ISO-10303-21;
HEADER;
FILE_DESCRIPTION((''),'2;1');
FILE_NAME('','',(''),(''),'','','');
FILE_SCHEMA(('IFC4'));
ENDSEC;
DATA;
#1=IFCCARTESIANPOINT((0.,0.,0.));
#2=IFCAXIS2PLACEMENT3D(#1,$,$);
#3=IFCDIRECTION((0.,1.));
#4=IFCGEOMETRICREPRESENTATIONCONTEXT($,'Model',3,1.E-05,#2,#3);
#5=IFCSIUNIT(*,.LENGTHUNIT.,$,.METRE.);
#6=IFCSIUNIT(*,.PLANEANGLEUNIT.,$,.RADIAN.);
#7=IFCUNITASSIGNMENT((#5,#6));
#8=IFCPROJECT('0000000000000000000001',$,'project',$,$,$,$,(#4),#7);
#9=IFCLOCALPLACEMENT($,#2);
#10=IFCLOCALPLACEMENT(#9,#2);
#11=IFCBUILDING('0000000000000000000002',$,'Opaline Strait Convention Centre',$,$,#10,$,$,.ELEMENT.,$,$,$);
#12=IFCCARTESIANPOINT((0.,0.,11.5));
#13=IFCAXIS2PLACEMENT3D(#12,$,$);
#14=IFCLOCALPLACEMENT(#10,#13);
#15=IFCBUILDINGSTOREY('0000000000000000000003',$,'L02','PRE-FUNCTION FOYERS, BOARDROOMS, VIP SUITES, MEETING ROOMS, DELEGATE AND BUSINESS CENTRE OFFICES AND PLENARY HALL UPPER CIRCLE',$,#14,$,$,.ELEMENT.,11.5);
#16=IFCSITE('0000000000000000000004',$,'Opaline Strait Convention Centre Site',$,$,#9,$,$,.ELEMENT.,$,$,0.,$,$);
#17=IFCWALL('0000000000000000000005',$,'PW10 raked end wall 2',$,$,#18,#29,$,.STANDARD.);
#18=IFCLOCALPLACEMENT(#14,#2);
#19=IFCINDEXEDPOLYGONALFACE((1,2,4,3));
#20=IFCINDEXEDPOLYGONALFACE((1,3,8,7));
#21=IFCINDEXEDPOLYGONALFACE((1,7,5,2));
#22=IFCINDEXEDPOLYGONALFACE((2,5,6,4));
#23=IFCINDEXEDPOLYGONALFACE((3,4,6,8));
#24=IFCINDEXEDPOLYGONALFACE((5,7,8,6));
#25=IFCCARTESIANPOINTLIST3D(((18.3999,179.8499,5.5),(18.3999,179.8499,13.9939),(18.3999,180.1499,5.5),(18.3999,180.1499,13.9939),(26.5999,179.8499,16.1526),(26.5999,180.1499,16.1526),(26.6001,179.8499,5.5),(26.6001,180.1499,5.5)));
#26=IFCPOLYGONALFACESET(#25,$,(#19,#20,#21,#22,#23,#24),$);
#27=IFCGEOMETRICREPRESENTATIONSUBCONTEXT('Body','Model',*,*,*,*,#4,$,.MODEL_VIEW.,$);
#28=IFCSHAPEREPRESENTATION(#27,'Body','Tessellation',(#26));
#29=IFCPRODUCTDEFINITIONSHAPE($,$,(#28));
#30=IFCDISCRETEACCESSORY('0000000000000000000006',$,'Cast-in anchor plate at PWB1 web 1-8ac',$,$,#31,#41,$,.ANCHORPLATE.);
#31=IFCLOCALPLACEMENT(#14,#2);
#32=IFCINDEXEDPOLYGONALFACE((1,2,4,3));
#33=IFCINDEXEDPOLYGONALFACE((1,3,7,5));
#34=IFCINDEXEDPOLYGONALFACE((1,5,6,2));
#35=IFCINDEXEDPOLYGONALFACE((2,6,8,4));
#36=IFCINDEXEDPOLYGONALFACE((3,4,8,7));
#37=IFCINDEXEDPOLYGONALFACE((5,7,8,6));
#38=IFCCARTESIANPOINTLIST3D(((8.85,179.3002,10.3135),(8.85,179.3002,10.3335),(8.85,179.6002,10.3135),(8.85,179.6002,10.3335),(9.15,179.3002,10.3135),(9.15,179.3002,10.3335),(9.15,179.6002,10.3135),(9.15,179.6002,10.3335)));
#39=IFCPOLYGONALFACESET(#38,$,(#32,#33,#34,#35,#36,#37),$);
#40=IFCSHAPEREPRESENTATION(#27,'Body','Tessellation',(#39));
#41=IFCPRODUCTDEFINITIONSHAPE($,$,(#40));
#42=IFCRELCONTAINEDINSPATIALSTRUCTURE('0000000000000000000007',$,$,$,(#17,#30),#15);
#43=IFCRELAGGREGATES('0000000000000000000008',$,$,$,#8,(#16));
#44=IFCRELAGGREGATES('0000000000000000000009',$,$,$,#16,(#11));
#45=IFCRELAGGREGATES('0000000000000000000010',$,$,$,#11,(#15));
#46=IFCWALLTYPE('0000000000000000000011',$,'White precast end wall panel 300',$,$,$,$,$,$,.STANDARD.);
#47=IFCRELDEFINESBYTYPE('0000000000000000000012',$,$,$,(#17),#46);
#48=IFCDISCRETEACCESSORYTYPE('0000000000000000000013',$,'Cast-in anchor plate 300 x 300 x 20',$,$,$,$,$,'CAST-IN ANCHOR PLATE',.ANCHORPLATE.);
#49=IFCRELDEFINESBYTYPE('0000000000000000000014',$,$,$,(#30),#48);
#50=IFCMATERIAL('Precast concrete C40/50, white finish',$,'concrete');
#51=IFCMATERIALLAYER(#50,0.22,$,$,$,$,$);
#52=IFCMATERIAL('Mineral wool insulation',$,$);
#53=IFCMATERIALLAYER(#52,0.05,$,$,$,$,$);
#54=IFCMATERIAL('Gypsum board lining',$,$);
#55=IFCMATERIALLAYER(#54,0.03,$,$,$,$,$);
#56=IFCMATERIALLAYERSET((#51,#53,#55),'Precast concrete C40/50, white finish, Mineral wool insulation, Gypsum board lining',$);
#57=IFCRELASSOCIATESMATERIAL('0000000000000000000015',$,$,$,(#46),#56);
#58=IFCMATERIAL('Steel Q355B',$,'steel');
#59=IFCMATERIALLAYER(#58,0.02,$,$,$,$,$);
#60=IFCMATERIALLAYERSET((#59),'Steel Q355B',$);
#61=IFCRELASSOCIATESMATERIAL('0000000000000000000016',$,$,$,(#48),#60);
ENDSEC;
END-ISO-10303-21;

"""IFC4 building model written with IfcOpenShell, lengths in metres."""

from ifc_helpers import new_model, si_unit, direction, frame, origin, origin_2d, place, context, subcontext, project, spatial, polyline, rectangle, outline, extrude, material, layer, layer_set, type_object, element, save


model = new_model("IFC4")

# Units and contexts
model_context = context("Model", 3, precision=1e-05, world=origin(), true_north=direction((0.0, 1.0)))
body_context = subcontext(model_context, "Body", "Model", "MODEL_VIEW")
ifc_project = project(units=[si_unit("LENGTHUNIT", "METRE"), si_unit("PLANEANGLEUNIT", "RADIAN")], contexts=[model_context])

# Site, building, storey
site_placement = place(None, origin())
site = spatial("IfcSite", under=ifc_project, at=site_placement, Name="Opaline Strait Convention Centre Site", CompositionType="ELEMENT", RefElevation=0.0)
building_placement = place(site_placement, origin())
building = spatial("IfcBuilding", under=site, at=building_placement, Name="Opaline Strait Convention Centre", CompositionType="ELEMENT")
storey_placement = place(building_placement, frame((0.0, 0.0, 11.5)))
storey = spatial("IfcBuildingStorey", under=building, at=storey_placement, Name="L02", Description="PRE-FUNCTION FOYERS, BOARDROOMS, VIP SUITES, MEETING ROOMS, DELEGATE AND BUSINESS CENTRE OFFICES AND PLENARY HALL UPPER CIRCLE", CompositionType="ELEMENT", Elevation=11.5)

# Shared definitions
ifc_material_1 = material(Name="Steel Q355B", Category="steel")

# Wall
ifc_material_2 = material(Name="Precast concrete C40/50, white finish", Category="concrete")
ifc_layer_1 = layer(ifc_material_2, 0.22)
ifc_material_3 = material(Name="Mineral wool insulation")
ifc_layer_2 = layer(ifc_material_3, 0.05)
ifc_material_4 = material(Name="Gypsum board lining")
ifc_layer_3 = layer(ifc_material_4, 0.03)
ifc_layer_set_1 = layer_set([ifc_layer_1, ifc_layer_2, ifc_layer_3], Name="Precast concrete C40/50, white finish, Mineral wool insulation, Gypsum board lining")
wall_type = type_object("IfcWallType", Name="White precast end wall panel 300", PredefinedType="STANDARD", material=ifc_layer_set_1)
wall_1_placement = place(storey_placement, frame((18.3999, 180.0, 5.5), z_axis=(0.0, 0.0, 1.0), x_axis=(1.0, 0.0, 0.0)))
element("IfcWall", 1, at=wall_1_placement, inside=storey, type_object=wall_type, Name="PW10 raked end wall 2", PredefinedType="STANDARD", context=body_context, shape_type="SweptSolid", body=[
    extrude(outline(polyline([(0.0, 0.0), (8.2002, 0.0), (8.2, 10.6526), (0.0, 8.4939), (0.0, 0.0)])), frame((0.0, 0.1499, 0.0), z_axis=(0.0, -1.0, 0.0), x_axis=(1.0, 0.0, 0.0)), (0.0, 0.0, 1.0), 0.3),
])

# Discrete accessory
ifc_layer_4 = layer(ifc_material_1, 0.02)
ifc_layer_set_2 = layer_set([ifc_layer_4], Name="Steel Q355B")
discrete_accessory_type = type_object("IfcDiscreteAccessoryType", Name="Cast-in anchor plate 300 x 300 x 20", ElementType="CAST-IN ANCHOR PLATE", PredefinedType="ANCHORPLATE", material=ifc_layer_set_2)
discrete_accessory_placement = place(storey_placement, frame((9.0, 179.4502, 10.3135), z_axis=(0.0, 0.0, 1.0), x_axis=(1.0, 0.0, 0.0)))
element("IfcDiscreteAccessory", 2, at=discrete_accessory_placement, inside=storey, type_object=discrete_accessory_type, Name="Cast-in anchor plate at PWB1 web 1-8ac", PredefinedType="ANCHORPLATE", context=body_context, shape_type="SweptSolid", body=[
    extrude(rectangle(XDim=0.3, YDim=0.3, at=origin_2d()), origin(), (0.0, 0.0, 1.0), 0.02),
])

save(model, "model.ifc")
